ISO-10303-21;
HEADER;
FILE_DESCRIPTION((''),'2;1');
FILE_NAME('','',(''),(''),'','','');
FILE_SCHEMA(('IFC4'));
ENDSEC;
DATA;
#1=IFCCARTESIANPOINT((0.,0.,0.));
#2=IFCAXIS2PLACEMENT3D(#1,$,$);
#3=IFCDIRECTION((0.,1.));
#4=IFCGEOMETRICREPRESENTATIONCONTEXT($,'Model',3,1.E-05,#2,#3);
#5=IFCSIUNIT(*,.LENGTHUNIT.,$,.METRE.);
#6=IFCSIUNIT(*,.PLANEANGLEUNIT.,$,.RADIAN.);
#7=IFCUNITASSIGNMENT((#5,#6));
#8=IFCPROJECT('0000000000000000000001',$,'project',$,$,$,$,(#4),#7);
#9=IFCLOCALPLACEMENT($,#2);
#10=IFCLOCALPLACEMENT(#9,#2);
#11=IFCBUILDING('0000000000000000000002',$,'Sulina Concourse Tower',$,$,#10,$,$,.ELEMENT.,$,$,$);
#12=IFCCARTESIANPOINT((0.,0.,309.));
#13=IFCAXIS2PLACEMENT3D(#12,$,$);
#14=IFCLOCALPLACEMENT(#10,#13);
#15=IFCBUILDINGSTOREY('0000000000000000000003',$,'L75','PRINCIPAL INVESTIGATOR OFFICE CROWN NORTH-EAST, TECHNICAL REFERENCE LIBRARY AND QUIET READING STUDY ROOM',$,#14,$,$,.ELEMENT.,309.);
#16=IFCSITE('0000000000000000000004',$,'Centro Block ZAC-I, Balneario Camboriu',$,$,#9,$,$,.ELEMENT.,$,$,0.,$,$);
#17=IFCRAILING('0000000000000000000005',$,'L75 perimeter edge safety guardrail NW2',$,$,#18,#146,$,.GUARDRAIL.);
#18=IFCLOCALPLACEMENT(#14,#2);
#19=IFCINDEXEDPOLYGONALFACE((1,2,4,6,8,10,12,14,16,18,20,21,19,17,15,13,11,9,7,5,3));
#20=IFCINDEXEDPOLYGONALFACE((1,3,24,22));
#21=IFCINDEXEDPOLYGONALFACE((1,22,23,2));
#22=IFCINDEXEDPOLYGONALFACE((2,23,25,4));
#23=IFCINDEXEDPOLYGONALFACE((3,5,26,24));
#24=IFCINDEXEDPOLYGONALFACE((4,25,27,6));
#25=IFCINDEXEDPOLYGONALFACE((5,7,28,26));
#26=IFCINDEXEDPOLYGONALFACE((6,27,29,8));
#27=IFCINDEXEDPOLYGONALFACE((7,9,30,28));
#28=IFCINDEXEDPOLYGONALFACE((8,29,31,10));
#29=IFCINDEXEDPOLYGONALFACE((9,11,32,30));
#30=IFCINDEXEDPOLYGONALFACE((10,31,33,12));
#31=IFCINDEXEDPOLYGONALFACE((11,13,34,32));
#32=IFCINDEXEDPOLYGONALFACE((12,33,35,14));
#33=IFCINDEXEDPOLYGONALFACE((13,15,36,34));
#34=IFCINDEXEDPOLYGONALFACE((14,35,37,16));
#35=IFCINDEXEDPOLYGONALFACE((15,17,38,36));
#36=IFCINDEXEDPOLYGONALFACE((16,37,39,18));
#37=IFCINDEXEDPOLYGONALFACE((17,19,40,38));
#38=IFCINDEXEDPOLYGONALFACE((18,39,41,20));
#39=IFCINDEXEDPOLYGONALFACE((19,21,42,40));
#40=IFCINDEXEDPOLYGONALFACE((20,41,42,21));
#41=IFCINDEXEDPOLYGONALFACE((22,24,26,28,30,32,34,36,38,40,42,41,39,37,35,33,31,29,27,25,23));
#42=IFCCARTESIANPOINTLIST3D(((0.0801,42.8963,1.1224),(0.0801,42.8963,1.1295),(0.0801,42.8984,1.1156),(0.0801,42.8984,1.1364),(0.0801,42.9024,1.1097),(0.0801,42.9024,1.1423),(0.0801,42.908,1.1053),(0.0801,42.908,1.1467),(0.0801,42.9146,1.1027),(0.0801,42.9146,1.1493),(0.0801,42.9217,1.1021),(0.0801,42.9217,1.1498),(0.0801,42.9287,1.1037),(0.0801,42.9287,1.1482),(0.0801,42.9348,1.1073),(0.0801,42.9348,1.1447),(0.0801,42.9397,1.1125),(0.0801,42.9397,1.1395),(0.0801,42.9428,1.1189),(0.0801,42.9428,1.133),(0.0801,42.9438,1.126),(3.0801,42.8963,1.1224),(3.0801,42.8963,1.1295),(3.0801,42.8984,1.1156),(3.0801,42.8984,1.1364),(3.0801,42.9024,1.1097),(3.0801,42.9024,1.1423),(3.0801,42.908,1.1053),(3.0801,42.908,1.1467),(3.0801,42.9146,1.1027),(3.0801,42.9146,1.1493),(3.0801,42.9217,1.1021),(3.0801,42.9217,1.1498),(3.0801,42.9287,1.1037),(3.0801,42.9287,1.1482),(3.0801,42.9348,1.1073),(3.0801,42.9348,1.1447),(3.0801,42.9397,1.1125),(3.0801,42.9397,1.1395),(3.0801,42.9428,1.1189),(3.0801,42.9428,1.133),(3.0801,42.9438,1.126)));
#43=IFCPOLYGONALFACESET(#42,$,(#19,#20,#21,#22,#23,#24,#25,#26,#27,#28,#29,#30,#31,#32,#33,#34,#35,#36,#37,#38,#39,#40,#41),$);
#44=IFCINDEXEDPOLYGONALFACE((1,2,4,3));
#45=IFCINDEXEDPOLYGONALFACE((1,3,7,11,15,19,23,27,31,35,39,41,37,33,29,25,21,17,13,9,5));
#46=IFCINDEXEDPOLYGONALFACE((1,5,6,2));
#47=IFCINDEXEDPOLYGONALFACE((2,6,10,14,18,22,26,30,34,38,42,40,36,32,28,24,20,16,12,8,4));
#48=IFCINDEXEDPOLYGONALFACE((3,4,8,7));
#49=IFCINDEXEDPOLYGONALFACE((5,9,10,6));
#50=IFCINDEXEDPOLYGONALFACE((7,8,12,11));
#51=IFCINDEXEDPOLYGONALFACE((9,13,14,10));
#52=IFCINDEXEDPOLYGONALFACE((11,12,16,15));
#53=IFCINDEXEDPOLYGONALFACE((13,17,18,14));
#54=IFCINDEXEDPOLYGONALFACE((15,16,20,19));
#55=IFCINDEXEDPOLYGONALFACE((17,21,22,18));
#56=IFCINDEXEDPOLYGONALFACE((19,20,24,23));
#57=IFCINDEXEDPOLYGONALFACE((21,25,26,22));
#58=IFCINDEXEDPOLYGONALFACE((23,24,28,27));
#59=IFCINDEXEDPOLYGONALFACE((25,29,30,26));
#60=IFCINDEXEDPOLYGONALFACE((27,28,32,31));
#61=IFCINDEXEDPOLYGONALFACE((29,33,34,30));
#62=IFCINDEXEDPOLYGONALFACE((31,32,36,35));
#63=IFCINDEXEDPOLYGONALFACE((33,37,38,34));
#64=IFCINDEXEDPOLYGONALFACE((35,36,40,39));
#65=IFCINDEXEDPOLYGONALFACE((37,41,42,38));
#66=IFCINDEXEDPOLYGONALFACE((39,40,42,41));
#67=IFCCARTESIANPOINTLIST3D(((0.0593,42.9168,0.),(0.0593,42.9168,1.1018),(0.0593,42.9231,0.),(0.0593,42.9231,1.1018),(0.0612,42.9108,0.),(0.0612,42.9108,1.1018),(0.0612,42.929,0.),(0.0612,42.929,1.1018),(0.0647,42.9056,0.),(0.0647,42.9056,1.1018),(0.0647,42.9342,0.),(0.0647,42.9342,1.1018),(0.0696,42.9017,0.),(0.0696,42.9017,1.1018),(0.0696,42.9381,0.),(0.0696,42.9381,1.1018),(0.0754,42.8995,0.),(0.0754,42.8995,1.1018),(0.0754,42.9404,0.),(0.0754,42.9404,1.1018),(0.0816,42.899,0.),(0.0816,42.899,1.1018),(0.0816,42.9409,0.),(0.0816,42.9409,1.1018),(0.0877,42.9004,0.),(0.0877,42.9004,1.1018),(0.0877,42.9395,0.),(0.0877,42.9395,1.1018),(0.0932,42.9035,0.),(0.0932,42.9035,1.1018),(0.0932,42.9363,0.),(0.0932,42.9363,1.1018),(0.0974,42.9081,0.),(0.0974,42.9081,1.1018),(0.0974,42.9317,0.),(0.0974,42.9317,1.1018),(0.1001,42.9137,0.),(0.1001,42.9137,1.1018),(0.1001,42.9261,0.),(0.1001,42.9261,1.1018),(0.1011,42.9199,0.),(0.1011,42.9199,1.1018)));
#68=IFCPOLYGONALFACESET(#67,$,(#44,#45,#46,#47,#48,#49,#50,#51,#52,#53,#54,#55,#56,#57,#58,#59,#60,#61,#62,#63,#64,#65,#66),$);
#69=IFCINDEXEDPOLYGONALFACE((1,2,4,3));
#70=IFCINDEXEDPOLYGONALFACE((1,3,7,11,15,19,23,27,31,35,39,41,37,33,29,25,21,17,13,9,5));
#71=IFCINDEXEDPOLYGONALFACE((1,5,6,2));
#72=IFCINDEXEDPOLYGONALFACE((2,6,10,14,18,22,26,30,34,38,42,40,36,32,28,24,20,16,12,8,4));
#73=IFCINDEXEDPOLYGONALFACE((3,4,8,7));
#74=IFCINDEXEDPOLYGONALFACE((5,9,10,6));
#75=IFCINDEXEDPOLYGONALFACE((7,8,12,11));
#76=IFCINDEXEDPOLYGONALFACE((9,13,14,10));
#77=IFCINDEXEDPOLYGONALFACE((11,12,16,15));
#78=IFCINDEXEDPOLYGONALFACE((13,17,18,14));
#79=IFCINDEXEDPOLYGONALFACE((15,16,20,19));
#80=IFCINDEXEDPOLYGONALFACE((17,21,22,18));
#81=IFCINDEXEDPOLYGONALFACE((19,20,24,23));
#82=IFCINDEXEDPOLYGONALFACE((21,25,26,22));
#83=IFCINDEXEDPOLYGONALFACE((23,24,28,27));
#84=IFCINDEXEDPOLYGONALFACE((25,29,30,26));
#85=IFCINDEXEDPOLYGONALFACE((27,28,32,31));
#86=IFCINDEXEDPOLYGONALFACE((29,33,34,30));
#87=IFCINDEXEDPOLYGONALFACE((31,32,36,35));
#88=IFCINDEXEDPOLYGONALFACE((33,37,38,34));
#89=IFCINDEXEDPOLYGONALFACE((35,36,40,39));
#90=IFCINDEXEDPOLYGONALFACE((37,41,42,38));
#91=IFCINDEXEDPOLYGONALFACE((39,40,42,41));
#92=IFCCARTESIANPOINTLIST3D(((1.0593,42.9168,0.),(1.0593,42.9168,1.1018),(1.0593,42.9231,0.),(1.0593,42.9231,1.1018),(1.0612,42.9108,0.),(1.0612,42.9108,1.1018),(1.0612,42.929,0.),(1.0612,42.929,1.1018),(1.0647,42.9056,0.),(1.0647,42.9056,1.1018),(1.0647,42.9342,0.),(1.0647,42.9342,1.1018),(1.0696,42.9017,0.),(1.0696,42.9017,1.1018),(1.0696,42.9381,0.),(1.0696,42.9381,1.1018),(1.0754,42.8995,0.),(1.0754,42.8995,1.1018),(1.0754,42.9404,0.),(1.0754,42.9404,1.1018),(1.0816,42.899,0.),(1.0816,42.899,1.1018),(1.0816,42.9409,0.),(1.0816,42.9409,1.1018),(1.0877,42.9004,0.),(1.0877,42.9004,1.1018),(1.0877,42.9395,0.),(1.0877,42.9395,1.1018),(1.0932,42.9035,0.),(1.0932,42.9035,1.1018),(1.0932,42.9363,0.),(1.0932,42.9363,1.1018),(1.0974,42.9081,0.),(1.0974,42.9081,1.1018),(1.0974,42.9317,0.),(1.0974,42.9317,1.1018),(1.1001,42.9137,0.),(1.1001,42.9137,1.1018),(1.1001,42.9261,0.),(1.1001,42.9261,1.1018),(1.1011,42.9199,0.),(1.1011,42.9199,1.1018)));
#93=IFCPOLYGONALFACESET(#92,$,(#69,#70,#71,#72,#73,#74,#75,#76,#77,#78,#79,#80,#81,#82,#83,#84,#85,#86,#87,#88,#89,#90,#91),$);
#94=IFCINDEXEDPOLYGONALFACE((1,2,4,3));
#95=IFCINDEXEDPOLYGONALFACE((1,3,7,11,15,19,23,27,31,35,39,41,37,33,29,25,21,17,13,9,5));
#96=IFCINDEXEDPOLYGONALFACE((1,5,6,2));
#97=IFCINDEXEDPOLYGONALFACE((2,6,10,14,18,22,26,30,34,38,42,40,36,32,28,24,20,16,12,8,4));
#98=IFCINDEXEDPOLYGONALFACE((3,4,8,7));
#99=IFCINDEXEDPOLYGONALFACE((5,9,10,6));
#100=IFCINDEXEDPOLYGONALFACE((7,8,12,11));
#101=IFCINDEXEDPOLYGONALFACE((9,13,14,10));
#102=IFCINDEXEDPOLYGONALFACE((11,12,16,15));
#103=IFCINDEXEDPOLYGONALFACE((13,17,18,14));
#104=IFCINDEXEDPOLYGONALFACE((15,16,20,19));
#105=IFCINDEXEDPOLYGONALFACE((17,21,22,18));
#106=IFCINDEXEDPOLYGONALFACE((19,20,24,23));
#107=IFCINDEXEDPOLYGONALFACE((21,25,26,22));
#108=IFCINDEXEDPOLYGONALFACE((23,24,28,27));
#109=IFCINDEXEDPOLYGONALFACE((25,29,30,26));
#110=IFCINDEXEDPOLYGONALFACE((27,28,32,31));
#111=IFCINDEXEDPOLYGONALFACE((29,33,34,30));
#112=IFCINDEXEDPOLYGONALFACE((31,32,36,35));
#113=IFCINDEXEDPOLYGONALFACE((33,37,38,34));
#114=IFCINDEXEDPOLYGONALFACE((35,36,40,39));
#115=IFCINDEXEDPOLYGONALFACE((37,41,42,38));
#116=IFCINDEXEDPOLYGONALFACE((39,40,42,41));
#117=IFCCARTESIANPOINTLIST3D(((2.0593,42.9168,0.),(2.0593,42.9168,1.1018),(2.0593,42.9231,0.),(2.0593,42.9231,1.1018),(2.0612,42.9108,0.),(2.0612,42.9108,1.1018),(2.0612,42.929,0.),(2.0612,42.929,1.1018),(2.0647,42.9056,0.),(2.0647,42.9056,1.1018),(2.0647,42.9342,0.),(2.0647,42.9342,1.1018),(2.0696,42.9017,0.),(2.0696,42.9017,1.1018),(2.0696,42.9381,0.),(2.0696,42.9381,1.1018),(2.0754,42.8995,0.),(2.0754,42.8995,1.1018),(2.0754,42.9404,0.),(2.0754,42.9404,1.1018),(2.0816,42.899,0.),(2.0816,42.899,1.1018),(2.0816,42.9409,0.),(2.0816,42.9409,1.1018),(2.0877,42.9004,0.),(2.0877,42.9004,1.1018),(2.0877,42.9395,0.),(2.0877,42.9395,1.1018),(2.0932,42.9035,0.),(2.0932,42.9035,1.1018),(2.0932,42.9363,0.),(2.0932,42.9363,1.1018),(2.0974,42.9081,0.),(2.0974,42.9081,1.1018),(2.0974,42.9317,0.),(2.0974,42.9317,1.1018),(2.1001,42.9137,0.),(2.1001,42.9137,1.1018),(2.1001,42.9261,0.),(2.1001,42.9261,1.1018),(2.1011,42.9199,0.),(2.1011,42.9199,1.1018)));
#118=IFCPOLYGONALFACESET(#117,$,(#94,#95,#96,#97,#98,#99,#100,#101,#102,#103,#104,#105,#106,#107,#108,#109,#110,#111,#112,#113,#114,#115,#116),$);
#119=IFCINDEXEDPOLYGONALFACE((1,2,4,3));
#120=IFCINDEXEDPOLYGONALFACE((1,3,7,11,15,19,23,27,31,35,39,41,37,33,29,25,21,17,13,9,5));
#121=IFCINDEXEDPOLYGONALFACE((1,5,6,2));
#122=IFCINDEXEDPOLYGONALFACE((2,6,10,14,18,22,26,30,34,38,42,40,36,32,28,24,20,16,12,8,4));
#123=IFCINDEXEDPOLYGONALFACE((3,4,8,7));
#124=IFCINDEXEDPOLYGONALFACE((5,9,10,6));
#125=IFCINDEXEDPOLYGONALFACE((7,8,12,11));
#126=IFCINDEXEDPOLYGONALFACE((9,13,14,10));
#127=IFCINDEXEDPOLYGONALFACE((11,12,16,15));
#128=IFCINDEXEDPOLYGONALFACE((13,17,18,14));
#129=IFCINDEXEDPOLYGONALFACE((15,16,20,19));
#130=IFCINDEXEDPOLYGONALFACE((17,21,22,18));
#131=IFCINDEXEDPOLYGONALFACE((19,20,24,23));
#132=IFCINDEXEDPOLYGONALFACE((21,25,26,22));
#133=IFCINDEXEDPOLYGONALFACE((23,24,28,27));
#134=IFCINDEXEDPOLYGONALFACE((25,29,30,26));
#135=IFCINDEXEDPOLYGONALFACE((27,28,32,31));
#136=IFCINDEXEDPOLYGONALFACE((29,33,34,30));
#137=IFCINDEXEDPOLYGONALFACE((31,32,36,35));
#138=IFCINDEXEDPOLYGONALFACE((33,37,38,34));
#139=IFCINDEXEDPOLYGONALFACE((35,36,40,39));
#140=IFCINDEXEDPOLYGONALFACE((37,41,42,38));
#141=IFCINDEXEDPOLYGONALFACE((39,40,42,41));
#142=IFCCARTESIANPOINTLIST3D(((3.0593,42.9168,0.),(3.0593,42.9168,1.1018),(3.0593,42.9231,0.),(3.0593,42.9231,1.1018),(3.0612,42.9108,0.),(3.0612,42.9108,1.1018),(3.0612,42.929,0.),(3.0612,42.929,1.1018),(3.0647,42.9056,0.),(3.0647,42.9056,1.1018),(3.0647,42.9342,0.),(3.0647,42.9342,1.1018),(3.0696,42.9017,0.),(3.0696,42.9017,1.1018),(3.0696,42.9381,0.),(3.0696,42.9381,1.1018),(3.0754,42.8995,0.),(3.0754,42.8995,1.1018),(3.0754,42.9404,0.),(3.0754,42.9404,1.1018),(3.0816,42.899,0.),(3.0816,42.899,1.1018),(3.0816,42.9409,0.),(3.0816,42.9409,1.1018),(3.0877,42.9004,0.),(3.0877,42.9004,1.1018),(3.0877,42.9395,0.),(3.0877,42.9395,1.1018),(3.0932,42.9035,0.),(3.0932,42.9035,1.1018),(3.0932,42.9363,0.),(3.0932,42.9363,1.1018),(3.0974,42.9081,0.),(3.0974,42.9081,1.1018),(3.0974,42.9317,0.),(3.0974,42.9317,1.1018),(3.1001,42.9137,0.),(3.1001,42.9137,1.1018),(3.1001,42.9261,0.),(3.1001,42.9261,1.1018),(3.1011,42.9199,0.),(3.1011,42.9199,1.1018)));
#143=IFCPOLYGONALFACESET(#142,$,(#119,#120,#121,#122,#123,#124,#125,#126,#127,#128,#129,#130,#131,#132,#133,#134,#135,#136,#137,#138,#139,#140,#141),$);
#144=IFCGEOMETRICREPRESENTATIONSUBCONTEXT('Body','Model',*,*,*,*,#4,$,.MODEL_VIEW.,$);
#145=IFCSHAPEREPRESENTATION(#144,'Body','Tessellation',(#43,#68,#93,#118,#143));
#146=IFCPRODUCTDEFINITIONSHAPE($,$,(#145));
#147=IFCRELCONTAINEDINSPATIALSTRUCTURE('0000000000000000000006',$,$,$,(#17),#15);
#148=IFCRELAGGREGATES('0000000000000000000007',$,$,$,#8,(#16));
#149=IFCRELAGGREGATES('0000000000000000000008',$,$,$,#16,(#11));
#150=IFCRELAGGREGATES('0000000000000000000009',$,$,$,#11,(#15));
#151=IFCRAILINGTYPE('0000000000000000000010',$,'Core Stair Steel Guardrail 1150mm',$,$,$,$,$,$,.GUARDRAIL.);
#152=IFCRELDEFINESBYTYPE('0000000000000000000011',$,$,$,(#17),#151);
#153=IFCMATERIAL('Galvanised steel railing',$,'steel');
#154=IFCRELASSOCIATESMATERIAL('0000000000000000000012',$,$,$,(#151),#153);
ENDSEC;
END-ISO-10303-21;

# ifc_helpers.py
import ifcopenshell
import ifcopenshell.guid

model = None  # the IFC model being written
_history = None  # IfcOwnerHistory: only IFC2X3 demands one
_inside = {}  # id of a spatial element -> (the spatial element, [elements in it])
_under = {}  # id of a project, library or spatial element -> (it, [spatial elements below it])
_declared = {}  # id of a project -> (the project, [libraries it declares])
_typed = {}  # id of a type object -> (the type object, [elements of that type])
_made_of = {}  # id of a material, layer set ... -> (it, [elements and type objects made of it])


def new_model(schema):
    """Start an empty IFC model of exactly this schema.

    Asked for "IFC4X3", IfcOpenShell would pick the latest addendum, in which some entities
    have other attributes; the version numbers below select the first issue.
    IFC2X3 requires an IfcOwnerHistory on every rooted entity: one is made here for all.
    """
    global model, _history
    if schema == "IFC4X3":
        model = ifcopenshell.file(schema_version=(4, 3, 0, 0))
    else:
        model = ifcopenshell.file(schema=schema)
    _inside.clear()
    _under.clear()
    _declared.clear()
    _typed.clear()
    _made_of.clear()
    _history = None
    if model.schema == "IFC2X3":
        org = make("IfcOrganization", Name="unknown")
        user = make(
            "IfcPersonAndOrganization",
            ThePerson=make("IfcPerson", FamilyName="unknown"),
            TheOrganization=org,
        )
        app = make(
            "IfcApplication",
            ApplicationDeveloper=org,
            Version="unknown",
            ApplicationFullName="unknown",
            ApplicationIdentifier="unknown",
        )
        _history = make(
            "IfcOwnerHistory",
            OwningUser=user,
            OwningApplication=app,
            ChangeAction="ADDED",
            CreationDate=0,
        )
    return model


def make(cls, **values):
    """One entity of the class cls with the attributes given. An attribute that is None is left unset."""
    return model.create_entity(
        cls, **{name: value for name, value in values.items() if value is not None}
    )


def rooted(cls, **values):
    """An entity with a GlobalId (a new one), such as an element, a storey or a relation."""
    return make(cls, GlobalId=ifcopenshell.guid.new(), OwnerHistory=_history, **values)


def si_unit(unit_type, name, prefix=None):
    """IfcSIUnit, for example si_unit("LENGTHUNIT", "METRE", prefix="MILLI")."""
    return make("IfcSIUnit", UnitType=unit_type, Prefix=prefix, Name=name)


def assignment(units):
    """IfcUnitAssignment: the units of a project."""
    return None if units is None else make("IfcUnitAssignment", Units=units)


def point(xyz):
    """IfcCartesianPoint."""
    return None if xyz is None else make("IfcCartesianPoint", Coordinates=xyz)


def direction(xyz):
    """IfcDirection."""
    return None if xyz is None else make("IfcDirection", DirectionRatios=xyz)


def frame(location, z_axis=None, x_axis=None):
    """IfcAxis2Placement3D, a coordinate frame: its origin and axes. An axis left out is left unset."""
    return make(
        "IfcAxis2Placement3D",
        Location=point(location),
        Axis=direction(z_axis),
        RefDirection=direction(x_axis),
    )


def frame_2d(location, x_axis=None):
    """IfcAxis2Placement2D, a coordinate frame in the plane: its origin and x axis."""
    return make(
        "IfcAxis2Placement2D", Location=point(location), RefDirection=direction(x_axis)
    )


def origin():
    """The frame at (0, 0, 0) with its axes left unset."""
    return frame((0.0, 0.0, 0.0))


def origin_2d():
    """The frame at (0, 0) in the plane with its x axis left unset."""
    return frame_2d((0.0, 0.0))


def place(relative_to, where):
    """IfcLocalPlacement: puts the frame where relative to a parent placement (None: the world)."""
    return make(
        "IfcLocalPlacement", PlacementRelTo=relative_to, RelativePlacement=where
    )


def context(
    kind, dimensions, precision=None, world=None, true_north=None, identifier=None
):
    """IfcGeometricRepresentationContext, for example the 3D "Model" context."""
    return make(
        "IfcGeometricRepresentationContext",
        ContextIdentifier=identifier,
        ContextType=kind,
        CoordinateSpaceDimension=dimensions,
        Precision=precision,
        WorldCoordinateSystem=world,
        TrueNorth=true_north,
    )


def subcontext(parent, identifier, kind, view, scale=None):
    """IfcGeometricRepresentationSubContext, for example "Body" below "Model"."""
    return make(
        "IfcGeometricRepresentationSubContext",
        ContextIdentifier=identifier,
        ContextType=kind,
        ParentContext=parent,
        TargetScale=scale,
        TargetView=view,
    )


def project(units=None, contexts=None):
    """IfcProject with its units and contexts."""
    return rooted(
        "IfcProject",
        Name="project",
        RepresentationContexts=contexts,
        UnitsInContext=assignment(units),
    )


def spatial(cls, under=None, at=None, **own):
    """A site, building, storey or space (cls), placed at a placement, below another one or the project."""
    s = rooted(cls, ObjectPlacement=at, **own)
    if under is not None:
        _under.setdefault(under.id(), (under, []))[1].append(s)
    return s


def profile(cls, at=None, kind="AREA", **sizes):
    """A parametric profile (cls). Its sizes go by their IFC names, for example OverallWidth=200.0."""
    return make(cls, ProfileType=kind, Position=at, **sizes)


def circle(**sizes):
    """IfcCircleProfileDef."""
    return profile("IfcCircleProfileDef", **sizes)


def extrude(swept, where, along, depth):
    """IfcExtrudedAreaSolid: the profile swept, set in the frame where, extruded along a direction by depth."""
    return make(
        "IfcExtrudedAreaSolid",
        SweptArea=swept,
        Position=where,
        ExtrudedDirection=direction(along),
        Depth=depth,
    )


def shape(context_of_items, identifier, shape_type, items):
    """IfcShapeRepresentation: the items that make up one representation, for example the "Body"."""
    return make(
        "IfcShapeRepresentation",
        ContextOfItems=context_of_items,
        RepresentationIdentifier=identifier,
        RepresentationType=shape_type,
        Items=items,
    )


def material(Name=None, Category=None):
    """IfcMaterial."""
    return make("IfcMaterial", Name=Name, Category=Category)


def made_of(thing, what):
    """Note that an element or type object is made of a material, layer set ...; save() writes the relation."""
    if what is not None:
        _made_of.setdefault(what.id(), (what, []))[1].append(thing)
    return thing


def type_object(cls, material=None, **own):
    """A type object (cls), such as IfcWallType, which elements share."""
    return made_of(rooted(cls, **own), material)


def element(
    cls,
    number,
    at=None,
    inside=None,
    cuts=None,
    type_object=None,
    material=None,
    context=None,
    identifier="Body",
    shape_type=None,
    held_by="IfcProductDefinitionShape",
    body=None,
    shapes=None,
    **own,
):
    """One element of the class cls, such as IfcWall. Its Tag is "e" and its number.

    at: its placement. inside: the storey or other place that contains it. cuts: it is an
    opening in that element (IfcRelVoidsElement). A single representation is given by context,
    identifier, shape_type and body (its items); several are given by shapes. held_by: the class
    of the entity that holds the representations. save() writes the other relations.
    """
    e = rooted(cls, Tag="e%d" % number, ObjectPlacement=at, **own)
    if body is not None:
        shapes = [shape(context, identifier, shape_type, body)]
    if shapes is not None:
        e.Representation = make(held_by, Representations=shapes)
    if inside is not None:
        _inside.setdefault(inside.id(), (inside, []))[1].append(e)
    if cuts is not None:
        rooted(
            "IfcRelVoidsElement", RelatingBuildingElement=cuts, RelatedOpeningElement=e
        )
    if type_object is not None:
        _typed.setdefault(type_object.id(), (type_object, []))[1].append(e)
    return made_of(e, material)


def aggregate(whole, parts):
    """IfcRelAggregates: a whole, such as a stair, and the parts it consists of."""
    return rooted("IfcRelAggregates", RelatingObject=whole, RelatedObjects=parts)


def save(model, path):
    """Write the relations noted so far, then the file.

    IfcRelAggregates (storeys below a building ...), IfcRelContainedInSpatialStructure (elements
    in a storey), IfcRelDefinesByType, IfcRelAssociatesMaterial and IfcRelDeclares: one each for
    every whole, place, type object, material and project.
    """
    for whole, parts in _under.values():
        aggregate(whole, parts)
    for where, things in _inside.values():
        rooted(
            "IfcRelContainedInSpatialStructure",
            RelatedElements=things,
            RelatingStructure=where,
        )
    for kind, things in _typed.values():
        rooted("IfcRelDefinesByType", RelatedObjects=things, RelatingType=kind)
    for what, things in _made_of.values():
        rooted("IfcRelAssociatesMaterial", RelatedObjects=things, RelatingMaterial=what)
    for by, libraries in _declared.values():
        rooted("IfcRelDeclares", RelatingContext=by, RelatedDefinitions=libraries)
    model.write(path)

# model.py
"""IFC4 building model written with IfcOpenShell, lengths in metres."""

from ifc_helpers import new_model, si_unit, direction, frame, origin, origin_2d, place, context, subcontext, project, spatial, circle, extrude, material, type_object, element, save


model = new_model("IFC4")

# Units and contexts
model_context = context("Model", 3, precision=1e-05, world=origin(), true_north=direction((0.0, 1.0)))
body_context = subcontext(model_context, "Body", "Model", "MODEL_VIEW")
ifc_project = project(units=[si_unit("LENGTHUNIT", "METRE"), si_unit("PLANEANGLEUNIT", "RADIAN")], contexts=[model_context])

# Site, building, storey
site_placement = place(None, origin())
site = spatial("IfcSite", under=ifc_project, at=site_placement, Name="Centro Block ZAC-I, Balneario Camboriu", CompositionType="ELEMENT", RefElevation=0.0)
building_placement = place(site_placement, origin())
building = spatial("IfcBuilding", under=site, at=building_placement, Name="Sulina Concourse Tower", CompositionType="ELEMENT")
storey_placement = place(building_placement, frame((0.0, 0.0, 309.0)))
storey = spatial("IfcBuildingStorey", under=building, at=storey_placement, Name="L75", Description="PRINCIPAL INVESTIGATOR OFFICE CROWN NORTH-EAST, TECHNICAL REFERENCE LIBRARY AND QUIET READING STUDY ROOM", CompositionType="ELEMENT", Elevation=309.0)

# Railing
ifc_material_1 = material(Name="Galvanised steel railing", Category="steel")
railing_type_1 = type_object("IfcRailingType", Name="Core Stair Steel Guardrail 1150mm", PredefinedType="GUARDRAIL", material=ifc_material_1)
railing_1_placement = place(storey_placement, frame((0.0801, 42.9199, 0.0)))
element("IfcRailing", 1, at=railing_1_placement, inside=storey, type_object=railing_type_1, Name="L75 perimeter edge safety guardrail NW2", PredefinedType="GUARDRAIL", context=body_context, shape_type="SweptSolid", body=[
    extrude(circle(Radius=0.0239, at=origin_2d()), frame((0.0, 0.0, 1.126), z_axis=(1.0, 0.0, 0.0), x_axis=(0.0, 1.0, 0.0)), (0.0, 0.0, 1.0), 3.0),
    extrude(circle(Radius=0.021, at=origin_2d()), origin(), (0.0, 0.0, 1.0), 1.1018),
    extrude(circle(Radius=0.021, at=origin_2d()), frame((1.0, 0.0, 0.0)), (0.0, 0.0, 1.0), 1.1018),
    extrude(circle(Radius=0.021, at=origin_2d()), frame((2.0, 0.0, 0.0)), (0.0, 0.0, 1.0), 1.1018),
    extrude(circle(Radius=0.021, at=origin_2d()), frame((3.0, 0.0, 0.0)), (0.0, 0.0, 1.0), 1.1018),
])

save(model, "model.ifc")
